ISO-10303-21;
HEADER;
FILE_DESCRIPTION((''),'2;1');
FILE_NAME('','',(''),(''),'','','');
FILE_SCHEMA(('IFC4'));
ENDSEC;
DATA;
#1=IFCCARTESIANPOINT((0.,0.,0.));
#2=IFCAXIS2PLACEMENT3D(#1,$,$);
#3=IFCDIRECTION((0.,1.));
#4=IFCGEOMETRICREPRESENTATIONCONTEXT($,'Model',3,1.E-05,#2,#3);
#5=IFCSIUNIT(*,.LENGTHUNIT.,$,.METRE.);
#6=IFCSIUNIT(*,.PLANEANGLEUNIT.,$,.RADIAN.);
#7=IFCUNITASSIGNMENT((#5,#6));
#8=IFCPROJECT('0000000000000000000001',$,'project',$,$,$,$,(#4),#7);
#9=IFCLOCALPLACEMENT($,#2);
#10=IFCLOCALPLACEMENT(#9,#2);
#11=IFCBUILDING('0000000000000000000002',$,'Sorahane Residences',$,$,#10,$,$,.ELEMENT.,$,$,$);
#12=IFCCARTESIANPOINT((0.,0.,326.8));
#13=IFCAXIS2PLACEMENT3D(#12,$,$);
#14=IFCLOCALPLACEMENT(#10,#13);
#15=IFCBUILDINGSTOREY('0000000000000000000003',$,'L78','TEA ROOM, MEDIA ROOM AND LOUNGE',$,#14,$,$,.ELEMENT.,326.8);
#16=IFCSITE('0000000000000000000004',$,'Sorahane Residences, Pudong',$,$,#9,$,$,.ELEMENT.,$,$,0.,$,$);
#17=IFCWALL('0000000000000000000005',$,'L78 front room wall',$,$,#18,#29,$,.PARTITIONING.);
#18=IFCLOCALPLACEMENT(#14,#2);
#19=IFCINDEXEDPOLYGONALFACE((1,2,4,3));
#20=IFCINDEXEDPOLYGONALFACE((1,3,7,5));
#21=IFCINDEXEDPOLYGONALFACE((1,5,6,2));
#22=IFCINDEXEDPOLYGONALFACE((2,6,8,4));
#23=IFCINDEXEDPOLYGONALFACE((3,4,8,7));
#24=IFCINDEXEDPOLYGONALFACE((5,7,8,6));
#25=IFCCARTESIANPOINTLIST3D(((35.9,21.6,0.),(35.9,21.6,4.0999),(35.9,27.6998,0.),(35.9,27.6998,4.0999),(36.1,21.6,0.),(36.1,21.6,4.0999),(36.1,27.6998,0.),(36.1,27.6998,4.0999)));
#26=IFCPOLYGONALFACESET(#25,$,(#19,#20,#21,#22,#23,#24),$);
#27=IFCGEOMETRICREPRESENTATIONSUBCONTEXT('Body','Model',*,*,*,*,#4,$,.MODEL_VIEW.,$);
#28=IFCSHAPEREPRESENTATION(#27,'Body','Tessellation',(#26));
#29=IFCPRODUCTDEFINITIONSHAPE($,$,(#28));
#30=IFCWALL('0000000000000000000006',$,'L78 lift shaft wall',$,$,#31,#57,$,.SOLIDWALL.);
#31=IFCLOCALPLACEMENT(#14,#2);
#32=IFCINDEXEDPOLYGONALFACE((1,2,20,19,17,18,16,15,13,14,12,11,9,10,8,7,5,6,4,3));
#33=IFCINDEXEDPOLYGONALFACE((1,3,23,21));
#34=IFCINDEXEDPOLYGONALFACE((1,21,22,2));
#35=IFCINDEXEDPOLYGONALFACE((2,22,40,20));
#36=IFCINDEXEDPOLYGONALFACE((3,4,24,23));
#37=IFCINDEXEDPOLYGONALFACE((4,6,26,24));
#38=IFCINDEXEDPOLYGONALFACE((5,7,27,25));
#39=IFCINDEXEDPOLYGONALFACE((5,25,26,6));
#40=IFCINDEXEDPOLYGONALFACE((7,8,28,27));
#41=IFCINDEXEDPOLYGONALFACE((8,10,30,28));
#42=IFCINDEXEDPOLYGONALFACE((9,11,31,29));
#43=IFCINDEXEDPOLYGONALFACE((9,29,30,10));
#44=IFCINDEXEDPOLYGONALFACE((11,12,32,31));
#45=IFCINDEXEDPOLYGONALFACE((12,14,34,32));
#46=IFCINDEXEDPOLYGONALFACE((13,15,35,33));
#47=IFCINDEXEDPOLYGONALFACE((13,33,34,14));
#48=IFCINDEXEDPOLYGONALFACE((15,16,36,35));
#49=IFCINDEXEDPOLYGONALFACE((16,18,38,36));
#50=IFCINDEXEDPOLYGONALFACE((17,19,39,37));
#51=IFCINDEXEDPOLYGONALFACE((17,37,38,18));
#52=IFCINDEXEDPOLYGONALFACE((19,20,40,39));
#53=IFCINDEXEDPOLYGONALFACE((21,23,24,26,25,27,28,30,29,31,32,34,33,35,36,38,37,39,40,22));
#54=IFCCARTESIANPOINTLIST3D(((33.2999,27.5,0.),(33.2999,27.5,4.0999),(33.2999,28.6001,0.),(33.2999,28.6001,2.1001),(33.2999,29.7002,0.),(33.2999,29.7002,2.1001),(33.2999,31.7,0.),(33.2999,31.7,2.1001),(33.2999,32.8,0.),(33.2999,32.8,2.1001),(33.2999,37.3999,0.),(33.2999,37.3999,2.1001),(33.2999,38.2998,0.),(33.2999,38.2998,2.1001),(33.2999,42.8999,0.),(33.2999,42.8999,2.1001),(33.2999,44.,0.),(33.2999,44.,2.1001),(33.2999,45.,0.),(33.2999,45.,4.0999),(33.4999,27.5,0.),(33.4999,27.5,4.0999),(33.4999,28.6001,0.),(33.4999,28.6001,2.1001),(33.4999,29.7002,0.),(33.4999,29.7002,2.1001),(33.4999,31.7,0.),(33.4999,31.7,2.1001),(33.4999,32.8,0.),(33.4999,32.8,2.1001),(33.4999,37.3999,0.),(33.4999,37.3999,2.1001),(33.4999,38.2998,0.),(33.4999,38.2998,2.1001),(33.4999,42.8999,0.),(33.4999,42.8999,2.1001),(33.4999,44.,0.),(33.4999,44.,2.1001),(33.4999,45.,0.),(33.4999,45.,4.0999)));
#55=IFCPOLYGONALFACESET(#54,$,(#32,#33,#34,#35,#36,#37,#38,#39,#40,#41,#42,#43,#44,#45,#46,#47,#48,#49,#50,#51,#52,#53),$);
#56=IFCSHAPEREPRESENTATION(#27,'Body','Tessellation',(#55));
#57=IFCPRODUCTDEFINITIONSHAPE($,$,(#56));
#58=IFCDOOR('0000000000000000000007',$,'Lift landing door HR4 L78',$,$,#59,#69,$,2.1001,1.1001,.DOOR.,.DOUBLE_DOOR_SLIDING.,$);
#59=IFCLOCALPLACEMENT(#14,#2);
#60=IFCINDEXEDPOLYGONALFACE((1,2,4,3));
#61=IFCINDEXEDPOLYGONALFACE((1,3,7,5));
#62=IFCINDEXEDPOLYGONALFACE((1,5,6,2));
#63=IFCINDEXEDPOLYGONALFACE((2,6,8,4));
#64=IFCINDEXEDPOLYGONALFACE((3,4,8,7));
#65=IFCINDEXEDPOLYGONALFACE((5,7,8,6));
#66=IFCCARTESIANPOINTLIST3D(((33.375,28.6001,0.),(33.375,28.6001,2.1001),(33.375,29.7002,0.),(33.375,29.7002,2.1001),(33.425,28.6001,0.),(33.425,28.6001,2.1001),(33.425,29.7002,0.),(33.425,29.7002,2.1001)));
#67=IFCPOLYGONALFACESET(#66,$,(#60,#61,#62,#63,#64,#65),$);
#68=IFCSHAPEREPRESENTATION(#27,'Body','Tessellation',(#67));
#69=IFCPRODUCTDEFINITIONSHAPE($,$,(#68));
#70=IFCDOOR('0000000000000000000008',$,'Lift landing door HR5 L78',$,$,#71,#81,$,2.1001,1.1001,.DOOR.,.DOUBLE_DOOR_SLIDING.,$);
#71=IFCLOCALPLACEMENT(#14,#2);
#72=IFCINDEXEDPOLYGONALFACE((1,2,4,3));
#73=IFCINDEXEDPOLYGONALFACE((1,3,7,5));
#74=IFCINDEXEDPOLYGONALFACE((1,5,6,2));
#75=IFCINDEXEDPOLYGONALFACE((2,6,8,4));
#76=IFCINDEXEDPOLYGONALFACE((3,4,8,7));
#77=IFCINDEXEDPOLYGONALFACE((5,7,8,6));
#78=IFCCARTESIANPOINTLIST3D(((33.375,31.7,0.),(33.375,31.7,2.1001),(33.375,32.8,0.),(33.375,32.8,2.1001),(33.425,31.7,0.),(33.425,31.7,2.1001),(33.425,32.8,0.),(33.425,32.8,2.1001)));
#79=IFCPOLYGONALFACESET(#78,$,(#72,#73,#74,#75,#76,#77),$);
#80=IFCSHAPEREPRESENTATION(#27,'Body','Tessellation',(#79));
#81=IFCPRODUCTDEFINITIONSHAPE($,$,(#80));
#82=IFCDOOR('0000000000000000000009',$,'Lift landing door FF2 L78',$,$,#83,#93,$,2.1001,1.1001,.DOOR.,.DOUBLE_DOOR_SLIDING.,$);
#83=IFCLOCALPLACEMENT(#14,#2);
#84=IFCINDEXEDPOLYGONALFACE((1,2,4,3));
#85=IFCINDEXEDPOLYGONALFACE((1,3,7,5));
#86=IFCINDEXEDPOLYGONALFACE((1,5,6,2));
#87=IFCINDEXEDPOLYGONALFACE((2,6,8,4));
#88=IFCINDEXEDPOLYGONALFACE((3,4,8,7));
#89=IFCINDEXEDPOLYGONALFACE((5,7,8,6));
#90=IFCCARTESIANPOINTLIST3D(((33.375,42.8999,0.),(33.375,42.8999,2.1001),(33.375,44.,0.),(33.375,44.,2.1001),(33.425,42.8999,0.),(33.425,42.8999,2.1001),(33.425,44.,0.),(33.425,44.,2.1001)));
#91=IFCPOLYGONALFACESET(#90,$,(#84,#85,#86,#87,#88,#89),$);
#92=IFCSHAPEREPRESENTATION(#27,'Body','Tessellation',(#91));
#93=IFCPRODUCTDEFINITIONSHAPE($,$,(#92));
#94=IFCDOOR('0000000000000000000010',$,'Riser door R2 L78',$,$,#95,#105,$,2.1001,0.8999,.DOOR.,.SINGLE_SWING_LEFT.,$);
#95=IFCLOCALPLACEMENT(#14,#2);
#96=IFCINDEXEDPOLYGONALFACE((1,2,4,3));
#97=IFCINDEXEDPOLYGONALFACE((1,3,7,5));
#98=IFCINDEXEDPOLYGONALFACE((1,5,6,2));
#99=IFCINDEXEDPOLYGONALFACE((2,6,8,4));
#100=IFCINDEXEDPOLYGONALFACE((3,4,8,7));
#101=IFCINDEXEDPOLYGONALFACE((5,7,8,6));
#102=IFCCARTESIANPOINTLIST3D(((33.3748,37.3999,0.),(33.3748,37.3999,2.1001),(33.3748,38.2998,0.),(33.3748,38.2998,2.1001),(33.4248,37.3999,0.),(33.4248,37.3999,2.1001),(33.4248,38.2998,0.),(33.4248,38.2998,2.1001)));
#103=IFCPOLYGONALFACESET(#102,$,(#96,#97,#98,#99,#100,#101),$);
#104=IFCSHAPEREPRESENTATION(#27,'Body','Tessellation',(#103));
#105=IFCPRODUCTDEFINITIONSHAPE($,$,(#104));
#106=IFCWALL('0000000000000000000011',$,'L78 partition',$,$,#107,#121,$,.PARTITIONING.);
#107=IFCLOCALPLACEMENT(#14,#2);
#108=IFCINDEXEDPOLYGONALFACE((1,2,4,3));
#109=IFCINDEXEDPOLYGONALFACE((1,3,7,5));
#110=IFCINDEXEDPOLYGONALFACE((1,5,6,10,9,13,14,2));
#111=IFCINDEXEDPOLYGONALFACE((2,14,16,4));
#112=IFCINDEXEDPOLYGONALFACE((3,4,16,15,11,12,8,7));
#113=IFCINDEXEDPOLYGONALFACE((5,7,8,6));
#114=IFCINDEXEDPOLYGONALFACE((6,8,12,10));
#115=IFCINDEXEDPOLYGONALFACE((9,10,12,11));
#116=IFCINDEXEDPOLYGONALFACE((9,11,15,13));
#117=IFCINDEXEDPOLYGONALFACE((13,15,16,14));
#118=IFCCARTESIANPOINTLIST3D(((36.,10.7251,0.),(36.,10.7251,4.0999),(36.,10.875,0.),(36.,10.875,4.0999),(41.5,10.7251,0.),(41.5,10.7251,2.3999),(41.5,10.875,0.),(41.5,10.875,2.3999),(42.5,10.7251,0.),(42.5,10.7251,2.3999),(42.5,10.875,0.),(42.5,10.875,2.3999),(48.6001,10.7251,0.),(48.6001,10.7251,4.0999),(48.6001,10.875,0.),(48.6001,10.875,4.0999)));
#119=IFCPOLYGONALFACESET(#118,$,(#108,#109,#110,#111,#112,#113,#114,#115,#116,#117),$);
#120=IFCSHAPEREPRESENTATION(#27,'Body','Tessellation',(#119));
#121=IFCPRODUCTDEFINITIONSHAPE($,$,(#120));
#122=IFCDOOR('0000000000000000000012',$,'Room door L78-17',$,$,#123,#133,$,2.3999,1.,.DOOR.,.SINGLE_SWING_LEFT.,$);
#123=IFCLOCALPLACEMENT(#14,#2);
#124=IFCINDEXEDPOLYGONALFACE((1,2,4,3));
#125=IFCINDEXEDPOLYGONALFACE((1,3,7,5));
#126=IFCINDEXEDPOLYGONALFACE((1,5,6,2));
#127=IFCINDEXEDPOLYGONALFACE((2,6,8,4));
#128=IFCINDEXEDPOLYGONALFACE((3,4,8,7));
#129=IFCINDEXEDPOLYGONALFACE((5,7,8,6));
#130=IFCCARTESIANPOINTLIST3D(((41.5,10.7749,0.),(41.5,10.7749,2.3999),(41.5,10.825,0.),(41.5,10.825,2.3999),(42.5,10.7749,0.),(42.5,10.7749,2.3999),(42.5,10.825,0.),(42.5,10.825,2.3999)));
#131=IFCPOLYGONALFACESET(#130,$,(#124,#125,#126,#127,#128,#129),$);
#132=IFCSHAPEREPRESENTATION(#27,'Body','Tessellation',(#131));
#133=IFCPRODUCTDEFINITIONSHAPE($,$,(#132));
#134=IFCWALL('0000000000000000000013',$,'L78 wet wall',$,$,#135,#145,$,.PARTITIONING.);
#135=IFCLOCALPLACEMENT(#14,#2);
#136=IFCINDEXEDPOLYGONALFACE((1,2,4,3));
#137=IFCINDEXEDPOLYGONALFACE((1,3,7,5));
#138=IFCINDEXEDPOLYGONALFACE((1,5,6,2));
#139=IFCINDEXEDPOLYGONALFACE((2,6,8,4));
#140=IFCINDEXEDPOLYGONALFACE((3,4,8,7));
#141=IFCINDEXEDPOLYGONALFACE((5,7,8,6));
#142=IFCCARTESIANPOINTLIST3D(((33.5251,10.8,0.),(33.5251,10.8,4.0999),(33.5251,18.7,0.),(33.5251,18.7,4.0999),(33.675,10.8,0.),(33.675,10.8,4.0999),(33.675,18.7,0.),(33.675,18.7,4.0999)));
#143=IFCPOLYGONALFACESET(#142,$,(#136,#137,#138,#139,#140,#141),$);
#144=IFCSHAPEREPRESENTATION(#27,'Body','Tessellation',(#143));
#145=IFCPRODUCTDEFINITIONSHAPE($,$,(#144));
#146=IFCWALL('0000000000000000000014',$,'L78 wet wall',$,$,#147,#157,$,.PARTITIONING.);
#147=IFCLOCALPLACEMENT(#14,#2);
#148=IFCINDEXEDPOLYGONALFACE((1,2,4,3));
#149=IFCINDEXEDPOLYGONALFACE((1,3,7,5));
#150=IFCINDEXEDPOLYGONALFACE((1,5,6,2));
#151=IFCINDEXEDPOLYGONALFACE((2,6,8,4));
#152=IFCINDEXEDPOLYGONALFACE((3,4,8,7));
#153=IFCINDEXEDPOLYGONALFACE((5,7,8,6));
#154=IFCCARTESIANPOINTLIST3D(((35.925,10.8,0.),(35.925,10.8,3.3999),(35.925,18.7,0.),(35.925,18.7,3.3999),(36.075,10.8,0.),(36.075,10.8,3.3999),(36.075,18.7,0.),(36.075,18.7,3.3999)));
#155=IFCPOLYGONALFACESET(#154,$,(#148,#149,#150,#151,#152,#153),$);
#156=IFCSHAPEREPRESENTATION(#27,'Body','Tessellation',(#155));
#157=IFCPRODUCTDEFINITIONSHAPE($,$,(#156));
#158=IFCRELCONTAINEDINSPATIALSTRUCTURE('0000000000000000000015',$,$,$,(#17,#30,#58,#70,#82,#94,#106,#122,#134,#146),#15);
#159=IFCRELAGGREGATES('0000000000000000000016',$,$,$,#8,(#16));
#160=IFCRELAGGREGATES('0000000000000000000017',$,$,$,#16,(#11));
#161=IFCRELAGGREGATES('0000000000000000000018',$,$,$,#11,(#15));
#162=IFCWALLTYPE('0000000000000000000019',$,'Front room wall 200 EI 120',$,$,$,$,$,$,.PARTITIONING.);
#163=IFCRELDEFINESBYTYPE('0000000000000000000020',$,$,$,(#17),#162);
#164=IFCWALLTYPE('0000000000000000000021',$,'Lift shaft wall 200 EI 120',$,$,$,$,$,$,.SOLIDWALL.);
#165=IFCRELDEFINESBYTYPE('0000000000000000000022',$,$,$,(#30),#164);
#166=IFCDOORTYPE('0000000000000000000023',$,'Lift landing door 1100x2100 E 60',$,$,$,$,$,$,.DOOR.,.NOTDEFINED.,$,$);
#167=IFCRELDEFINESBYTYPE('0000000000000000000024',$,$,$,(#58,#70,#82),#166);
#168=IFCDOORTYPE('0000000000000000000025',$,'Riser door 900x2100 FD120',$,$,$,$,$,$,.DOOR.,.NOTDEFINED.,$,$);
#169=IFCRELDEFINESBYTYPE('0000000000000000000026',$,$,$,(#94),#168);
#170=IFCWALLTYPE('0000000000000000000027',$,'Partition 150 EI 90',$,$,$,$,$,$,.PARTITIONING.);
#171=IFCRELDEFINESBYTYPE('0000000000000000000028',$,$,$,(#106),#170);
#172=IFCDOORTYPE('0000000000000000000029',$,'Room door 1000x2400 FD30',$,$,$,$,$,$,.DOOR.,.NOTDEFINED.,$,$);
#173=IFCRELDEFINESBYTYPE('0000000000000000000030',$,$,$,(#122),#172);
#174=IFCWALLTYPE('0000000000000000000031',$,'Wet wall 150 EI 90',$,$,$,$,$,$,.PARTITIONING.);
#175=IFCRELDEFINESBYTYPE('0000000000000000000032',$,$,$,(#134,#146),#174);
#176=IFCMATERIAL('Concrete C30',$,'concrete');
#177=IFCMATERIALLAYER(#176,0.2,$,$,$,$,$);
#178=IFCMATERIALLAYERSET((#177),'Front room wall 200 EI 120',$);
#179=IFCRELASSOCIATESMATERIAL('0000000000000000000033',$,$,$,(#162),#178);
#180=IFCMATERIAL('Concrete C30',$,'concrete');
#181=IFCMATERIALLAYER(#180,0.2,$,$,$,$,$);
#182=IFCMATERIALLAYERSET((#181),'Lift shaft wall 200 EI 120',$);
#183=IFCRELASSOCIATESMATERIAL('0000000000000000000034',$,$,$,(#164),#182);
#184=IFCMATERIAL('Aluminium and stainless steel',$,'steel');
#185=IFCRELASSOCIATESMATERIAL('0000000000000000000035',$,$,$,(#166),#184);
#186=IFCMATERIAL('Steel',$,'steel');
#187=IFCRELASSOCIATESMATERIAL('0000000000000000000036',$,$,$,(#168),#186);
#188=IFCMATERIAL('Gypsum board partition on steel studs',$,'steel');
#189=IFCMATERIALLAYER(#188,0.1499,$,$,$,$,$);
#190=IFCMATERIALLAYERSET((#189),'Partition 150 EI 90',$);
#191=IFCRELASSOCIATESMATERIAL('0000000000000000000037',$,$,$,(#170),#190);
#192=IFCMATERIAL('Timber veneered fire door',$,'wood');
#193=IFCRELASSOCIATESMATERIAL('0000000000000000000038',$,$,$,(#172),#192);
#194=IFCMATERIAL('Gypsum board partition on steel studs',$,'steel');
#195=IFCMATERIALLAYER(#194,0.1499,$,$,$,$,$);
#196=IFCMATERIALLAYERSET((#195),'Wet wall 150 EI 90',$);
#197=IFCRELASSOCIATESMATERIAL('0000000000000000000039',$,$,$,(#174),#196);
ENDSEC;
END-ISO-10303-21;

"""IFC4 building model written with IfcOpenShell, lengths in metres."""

from ifc_helpers import new_model, si_unit, direction, frame, frame_2d, origin, place, context, subcontext, project, spatial, rectangle, extrude, material, layer, layer_set, type_object, element, fill, save


model = new_model("IFC4")

# Units and contexts
model_context = context("Model", 3, precision=1e-05, world=origin(), true_north=direction((0.0, 1.0)))
body_context = subcontext(model_context, "Body", "Model", "MODEL_VIEW")
ifc_project = project(units=[si_unit("LENGTHUNIT", "METRE"), si_unit("PLANEANGLEUNIT", "RADIAN")], contexts=[model_context])

# Site, building, storey
site_placement = place(None, origin())
site = spatial("IfcSite", under=ifc_project, at=site_placement, Name="Sorahane Residences, Pudong", CompositionType="ELEMENT", RefElevation=0.0)
building_placement = place(site_placement, origin())
building = spatial("IfcBuilding", under=site, at=building_placement, Name="Sorahane Residences", CompositionType="ELEMENT")
storey_placement = place(building_placement, frame((0.0, 0.0, 326.8)))
storey = spatial("IfcBuildingStorey", under=building, at=storey_placement, Name="L78", Description="TEA ROOM, MEDIA ROOM AND LOUNGE", CompositionType="ELEMENT", Elevation=326.8)

# Wall
ifc_material_1 = material(Name="Concrete C30", Category="concrete")
ifc_layer_1 = layer(ifc_material_1, 0.2)
ifc_layer_set_1 = layer_set([ifc_layer_1], Name="Front room wall 200 EI 120")
wall_type_1 = type_object("IfcWallType", Name="Front room wall 200 EI 120", PredefinedType="PARTITIONING", material=ifc_layer_set_1)
wall_1_placement = place(storey_placement, frame((36.0, 21.6001, 0.0), z_axis=(0.0, 0.0, 1.0), x_axis=(0.0, 1.0, 0.0)))
element("IfcWall", 1, at=wall_1_placement, inside=storey, type_object=wall_type_1, Name="L78 front room wall", PredefinedType="PARTITIONING", context=body_context, shape_type="SweptSolid", body=[
    extrude(rectangle(XDim=6.0999, YDim=0.2, at=frame_2d((3.0498, 0.0))), origin(), (0.0, 0.0, 1.0), 4.0999),
])

# Wall, openings, doors
ifc_material_2 = material(Name="Concrete C30", Category="concrete")
ifc_layer_2 = layer(ifc_material_2, 0.2)
ifc_layer_set_2 = layer_set([ifc_layer_2], Name="Lift shaft wall 200 EI 120")
wall_type_2 = type_object("IfcWallType", Name="Lift shaft wall 200 EI 120", PredefinedType="SOLIDWALL", material=ifc_layer_set_2)
wall_2_placement = place(storey_placement, frame((33.3999, 27.5, 0.0), z_axis=(0.0, 0.0, 1.0), x_axis=(0.0, 1.0, 0.0)))
wall_2 = element("IfcWall", 2, at=wall_2_placement, inside=storey, type_object=wall_type_2, Name="L78 lift shaft wall", PredefinedType="SOLIDWALL", context=body_context, shape_type="SweptSolid", body=[
    extrude(rectangle(XDim=17.5, YDim=0.2, at=frame_2d((8.75, 0.0))), origin(), (0.0, 0.0, 1.0), 4.0999),
])
opening_1_placement = place(wall_2_placement, frame((1.1001, 0.0, 0.0)))
opening_1 = element("IfcOpeningElement", 3, at=opening_1_placement, cuts=wall_2, PredefinedType="OPENING", context=body_context, shape_type="SweptSolid", body=[
    extrude(rectangle(XDim=1.1001, YDim=2.1001, at=frame_2d((0.55, 1.05))), frame((0.0, 0.1099, 0.0), z_axis=(0.0, -1.0, 0.0), x_axis=(1.0, 0.0, 0.0)), (0.0, 0.0, 1.0), 0.22),
])
opening_2_placement = place(wall_2_placement, frame((4.2, 0.0, 0.0)))
opening_2 = element("IfcOpeningElement", 4, at=opening_2_placement, cuts=wall_2, PredefinedType="OPENING", context=body_context, shape_type="SweptSolid", body=[
    extrude(rectangle(XDim=1.1001, YDim=2.1001, at=frame_2d((0.55, 1.05))), frame((0.0, 0.1099, 0.0), z_axis=(0.0, -1.0, 0.0), x_axis=(1.0, 0.0, 0.0)), (0.0, 0.0, 1.0), 0.22),
])
opening_3_placement = place(wall_2_placement, frame((15.3999, 0.0, 0.0)))
opening_3 = element("IfcOpeningElement", 5, at=opening_3_placement, cuts=wall_2, PredefinedType="OPENING", context=body_context, shape_type="SweptSolid", body=[
    extrude(rectangle(XDim=1.1001, YDim=2.1001, at=frame_2d((0.55, 1.05))), frame((0.0, 0.1099, 0.0), z_axis=(0.0, -1.0, 0.0), x_axis=(1.0, 0.0, 0.0)), (0.0, 0.0, 1.0), 0.22),
])
opening_4_placement = place(wall_2_placement, frame((9.8999, 0.0, 0.0)))
opening_4 = element("IfcOpeningElement", 6, at=opening_4_placement, cuts=wall_2, PredefinedType="OPENING", context=body_context, shape_type="SweptSolid", body=[
    extrude(rectangle(XDim=0.8999, YDim=2.1001, at=frame_2d((0.45, 1.05))), frame((0.0, 0.1099, 0.0), z_axis=(0.0, -1.0, 0.0), x_axis=(1.0, 0.0, 0.0)), (0.0, 0.0, 1.0), 0.22),
])
ifc_material_3 = material(Name="Aluminium and stainless steel", Category="steel")
door_type_1 = type_object("IfcDoorType", Name="Lift landing door 1100x2100 E 60", OperationType="NOTDEFINED", PredefinedType="DOOR", material=ifc_material_3)
door_1_placement = place(opening_1_placement, origin())
door_1 = element("IfcDoor", 7, at=door_1_placement, inside=storey, type_object=door_type_1, Name="Lift landing door HR4 L78", OperationType="DOUBLE_DOOR_SLIDING", OverallHeight=2.1001, OverallWidth=1.1001, PredefinedType="DOOR", context=body_context, shape_type="SweptSolid", body=[
    extrude(rectangle(XDim=1.1001, YDim=2.1001, at=frame_2d((0.55, 1.05))), frame((0.0, 0.0249, 0.0), z_axis=(0.0, -1.0, 0.0), x_axis=(1.0, 0.0, 0.0)), (0.0, 0.0, 1.0), 0.05),
])
fill(opening_1, door_1)
door_2_placement = place(opening_2_placement, origin())
door_2 = element("IfcDoor", 8, at=door_2_placement, inside=storey, type_object=door_type_1, Name="Lift landing door HR5 L78", OperationType="DOUBLE_DOOR_SLIDING", OverallHeight=2.1001, OverallWidth=1.1001, PredefinedType="DOOR", context=body_context, shape_type="SweptSolid", body=[
    extrude(rectangle(XDim=1.1001, YDim=2.1001, at=frame_2d((0.55, 1.05))), frame((0.0, 0.0249, 0.0), z_axis=(0.0, -1.0, 0.0), x_axis=(1.0, 0.0, 0.0)), (0.0, 0.0, 1.0), 0.05),
])
fill(opening_2, door_2)
door_3_placement = place(opening_3_placement, origin())
door_3 = element("IfcDoor", 9, at=door_3_placement, inside=storey, type_object=door_type_1, Name="Lift landing door FF2 L78", OperationType="DOUBLE_DOOR_SLIDING", OverallHeight=2.1001, OverallWidth=1.1001, PredefinedType="DOOR", context=body_context, shape_type="SweptSolid", body=[
    extrude(rectangle(XDim=1.1001, YDim=2.1001, at=frame_2d((0.55, 1.05))), frame((0.0, 0.0249, 0.0), z_axis=(0.0, -1.0, 0.0), x_axis=(1.0, 0.0, 0.0)), (0.0, 0.0, 1.0), 0.05),
])
fill(opening_3, door_3)
ifc_material_4 = material(Name="Steel", Category="steel")
door_type_2 = type_object("IfcDoorType", Name="Riser door 900x2100 FD120", OperationType="NOTDEFINED", PredefinedType="DOOR", material=ifc_material_4)
door_4_placement = place(opening_4_placement, frame((0.8999, 0.0, 0.0), z_axis=(0.0, 0.0, 1.0), x_axis=(-1.0, 0.0, 0.0)))
door_4 = element("IfcDoor", 10, at=door_4_placement, inside=storey, type_object=door_type_2, Name="Riser door R2 L78", OperationType="SINGLE_SWING_LEFT", OverallHeight=2.1001, OverallWidth=0.8999, PredefinedType="DOOR", context=body_context, shape_type="SweptSolid", body=[
    extrude(rectangle(XDim=0.8999, YDim=2.1001, at=frame_2d((0.45, 1.05))), frame((0.0, 0.0249, 0.0), z_axis=(0.0, -1.0, 0.0), x_axis=(1.0, 0.0, 0.0)), (0.0, 0.0, 1.0), 0.05),
])
fill(opening_4, door_4)

# Wall, opening, door
ifc_material_5 = material(Name="Gypsum board partition on steel studs", Category="steel")
ifc_layer_3 = layer(ifc_material_5, 0.1499)
ifc_layer_set_3 = layer_set([ifc_layer_3], Name="Partition 150 EI 90")
wall_type_3 = type_object("IfcWallType", Name="Partition 150 EI 90", PredefinedType="PARTITIONING", material=ifc_layer_set_3)
wall_3_placement = place(storey_placement, frame((36.0, 10.8, 0.0), z_axis=(0.0, 0.0, 1.0), x_axis=(1.0, 0.0, 0.0)))
wall_3 = element("IfcWall", 11, at=wall_3_placement, inside=storey, type_object=wall_type_3, Name="L78 partition", PredefinedType="PARTITIONING", context=body_context, shape_type="SweptSolid", body=[
    extrude(rectangle(XDim=12.6001, YDim=0.1499, at=frame_2d((6.3, 0.0))), origin(), (0.0, 0.0, 1.0), 4.0999),
])
opening_5_placement = place(wall_3_placement, frame((5.5, 0.0, 0.0)))
opening_5 = element("IfcOpeningElement", 12, at=opening_5_placement, cuts=wall_3, PredefinedType="OPENING", context=body_context, shape_type="SweptSolid", body=[
    extrude(rectangle(XDim=1.0, YDim=2.3999, at=frame_2d((0.5, 1.2))), frame((0.0, 0.085, 0.0), z_axis=(0.0, -1.0, 0.0), x_axis=(1.0, 0.0, 0.0)), (0.0, 0.0, 1.0), 0.1699),
])
ifc_material_6 = material(Name="Timber veneered fire door", Category="wood")
door_type_3 = type_object("IfcDoorType", Name="Room door 1000x2400 FD30", OperationType="NOTDEFINED", PredefinedType="DOOR", material=ifc_material_6)
door_5_placement = place(opening_5_placement, origin())
door_5 = element("IfcDoor", 13, at=door_5_placement, inside=storey, type_object=door_type_3, Name="Room door L78-17", OperationType="SINGLE_SWING_LEFT", OverallHeight=2.3999, OverallWidth=1.0, PredefinedType="DOOR", context=body_context, shape_type="SweptSolid", body=[
    extrude(rectangle(XDim=1.0, YDim=2.3999, at=frame_2d((0.5, 1.2))), frame((0.0, 0.0249, 0.0), z_axis=(0.0, -1.0, 0.0), x_axis=(1.0, 0.0, 0.0)), (0.0, 0.0, 1.0), 0.05),
])
fill(opening_5, door_5)

# Walls
ifc_material_7 = material(Name="Gypsum board partition on steel studs", Category="steel")
ifc_layer_4 = layer(ifc_material_7, 0.1499)
ifc_layer_set_4 = layer_set([ifc_layer_4], Name="Wet wall 150 EI 90")
wall_type_4 = type_object("IfcWallType", Name="Wet wall 150 EI 90", PredefinedType="PARTITIONING", material=ifc_layer_set_4)
wall_4_placement = place(storey_placement, frame((33.6001, 10.8, 0.0), z_axis=(0.0, 0.0, 1.0), x_axis=(0.0, 1.0, 0.0)))
element("IfcWall", 14, at=wall_4_placement, inside=storey, type_object=wall_type_4, Name="L78 wet wall", PredefinedType="PARTITIONING", context=body_context, shape_type="SweptSolid", body=[
    extrude(rectangle(XDim=7.8999, YDim=0.1499, at=frame_2d((3.95, 0.0))), origin(), (0.0, 0.0, 1.0), 4.0999),
])
wall_5_placement = place(storey_placement, frame((36.0, 10.8, 0.0), z_axis=(0.0, 0.0, 1.0), x_axis=(0.0, 1.0, 0.0)))
element("IfcWall", 15, at=wall_5_placement, inside=storey, type_object=wall_type_4, Name="L78 wet wall", PredefinedType="PARTITIONING", context=body_context, shape_type="SweptSolid", body=[
    extrude(rectangle(XDim=7.8999, YDim=0.1499, at=frame_2d((3.95, 0.0))), origin(), (0.0, 0.0, 1.0), 3.3999),
])

save(model, "model.ifc")
